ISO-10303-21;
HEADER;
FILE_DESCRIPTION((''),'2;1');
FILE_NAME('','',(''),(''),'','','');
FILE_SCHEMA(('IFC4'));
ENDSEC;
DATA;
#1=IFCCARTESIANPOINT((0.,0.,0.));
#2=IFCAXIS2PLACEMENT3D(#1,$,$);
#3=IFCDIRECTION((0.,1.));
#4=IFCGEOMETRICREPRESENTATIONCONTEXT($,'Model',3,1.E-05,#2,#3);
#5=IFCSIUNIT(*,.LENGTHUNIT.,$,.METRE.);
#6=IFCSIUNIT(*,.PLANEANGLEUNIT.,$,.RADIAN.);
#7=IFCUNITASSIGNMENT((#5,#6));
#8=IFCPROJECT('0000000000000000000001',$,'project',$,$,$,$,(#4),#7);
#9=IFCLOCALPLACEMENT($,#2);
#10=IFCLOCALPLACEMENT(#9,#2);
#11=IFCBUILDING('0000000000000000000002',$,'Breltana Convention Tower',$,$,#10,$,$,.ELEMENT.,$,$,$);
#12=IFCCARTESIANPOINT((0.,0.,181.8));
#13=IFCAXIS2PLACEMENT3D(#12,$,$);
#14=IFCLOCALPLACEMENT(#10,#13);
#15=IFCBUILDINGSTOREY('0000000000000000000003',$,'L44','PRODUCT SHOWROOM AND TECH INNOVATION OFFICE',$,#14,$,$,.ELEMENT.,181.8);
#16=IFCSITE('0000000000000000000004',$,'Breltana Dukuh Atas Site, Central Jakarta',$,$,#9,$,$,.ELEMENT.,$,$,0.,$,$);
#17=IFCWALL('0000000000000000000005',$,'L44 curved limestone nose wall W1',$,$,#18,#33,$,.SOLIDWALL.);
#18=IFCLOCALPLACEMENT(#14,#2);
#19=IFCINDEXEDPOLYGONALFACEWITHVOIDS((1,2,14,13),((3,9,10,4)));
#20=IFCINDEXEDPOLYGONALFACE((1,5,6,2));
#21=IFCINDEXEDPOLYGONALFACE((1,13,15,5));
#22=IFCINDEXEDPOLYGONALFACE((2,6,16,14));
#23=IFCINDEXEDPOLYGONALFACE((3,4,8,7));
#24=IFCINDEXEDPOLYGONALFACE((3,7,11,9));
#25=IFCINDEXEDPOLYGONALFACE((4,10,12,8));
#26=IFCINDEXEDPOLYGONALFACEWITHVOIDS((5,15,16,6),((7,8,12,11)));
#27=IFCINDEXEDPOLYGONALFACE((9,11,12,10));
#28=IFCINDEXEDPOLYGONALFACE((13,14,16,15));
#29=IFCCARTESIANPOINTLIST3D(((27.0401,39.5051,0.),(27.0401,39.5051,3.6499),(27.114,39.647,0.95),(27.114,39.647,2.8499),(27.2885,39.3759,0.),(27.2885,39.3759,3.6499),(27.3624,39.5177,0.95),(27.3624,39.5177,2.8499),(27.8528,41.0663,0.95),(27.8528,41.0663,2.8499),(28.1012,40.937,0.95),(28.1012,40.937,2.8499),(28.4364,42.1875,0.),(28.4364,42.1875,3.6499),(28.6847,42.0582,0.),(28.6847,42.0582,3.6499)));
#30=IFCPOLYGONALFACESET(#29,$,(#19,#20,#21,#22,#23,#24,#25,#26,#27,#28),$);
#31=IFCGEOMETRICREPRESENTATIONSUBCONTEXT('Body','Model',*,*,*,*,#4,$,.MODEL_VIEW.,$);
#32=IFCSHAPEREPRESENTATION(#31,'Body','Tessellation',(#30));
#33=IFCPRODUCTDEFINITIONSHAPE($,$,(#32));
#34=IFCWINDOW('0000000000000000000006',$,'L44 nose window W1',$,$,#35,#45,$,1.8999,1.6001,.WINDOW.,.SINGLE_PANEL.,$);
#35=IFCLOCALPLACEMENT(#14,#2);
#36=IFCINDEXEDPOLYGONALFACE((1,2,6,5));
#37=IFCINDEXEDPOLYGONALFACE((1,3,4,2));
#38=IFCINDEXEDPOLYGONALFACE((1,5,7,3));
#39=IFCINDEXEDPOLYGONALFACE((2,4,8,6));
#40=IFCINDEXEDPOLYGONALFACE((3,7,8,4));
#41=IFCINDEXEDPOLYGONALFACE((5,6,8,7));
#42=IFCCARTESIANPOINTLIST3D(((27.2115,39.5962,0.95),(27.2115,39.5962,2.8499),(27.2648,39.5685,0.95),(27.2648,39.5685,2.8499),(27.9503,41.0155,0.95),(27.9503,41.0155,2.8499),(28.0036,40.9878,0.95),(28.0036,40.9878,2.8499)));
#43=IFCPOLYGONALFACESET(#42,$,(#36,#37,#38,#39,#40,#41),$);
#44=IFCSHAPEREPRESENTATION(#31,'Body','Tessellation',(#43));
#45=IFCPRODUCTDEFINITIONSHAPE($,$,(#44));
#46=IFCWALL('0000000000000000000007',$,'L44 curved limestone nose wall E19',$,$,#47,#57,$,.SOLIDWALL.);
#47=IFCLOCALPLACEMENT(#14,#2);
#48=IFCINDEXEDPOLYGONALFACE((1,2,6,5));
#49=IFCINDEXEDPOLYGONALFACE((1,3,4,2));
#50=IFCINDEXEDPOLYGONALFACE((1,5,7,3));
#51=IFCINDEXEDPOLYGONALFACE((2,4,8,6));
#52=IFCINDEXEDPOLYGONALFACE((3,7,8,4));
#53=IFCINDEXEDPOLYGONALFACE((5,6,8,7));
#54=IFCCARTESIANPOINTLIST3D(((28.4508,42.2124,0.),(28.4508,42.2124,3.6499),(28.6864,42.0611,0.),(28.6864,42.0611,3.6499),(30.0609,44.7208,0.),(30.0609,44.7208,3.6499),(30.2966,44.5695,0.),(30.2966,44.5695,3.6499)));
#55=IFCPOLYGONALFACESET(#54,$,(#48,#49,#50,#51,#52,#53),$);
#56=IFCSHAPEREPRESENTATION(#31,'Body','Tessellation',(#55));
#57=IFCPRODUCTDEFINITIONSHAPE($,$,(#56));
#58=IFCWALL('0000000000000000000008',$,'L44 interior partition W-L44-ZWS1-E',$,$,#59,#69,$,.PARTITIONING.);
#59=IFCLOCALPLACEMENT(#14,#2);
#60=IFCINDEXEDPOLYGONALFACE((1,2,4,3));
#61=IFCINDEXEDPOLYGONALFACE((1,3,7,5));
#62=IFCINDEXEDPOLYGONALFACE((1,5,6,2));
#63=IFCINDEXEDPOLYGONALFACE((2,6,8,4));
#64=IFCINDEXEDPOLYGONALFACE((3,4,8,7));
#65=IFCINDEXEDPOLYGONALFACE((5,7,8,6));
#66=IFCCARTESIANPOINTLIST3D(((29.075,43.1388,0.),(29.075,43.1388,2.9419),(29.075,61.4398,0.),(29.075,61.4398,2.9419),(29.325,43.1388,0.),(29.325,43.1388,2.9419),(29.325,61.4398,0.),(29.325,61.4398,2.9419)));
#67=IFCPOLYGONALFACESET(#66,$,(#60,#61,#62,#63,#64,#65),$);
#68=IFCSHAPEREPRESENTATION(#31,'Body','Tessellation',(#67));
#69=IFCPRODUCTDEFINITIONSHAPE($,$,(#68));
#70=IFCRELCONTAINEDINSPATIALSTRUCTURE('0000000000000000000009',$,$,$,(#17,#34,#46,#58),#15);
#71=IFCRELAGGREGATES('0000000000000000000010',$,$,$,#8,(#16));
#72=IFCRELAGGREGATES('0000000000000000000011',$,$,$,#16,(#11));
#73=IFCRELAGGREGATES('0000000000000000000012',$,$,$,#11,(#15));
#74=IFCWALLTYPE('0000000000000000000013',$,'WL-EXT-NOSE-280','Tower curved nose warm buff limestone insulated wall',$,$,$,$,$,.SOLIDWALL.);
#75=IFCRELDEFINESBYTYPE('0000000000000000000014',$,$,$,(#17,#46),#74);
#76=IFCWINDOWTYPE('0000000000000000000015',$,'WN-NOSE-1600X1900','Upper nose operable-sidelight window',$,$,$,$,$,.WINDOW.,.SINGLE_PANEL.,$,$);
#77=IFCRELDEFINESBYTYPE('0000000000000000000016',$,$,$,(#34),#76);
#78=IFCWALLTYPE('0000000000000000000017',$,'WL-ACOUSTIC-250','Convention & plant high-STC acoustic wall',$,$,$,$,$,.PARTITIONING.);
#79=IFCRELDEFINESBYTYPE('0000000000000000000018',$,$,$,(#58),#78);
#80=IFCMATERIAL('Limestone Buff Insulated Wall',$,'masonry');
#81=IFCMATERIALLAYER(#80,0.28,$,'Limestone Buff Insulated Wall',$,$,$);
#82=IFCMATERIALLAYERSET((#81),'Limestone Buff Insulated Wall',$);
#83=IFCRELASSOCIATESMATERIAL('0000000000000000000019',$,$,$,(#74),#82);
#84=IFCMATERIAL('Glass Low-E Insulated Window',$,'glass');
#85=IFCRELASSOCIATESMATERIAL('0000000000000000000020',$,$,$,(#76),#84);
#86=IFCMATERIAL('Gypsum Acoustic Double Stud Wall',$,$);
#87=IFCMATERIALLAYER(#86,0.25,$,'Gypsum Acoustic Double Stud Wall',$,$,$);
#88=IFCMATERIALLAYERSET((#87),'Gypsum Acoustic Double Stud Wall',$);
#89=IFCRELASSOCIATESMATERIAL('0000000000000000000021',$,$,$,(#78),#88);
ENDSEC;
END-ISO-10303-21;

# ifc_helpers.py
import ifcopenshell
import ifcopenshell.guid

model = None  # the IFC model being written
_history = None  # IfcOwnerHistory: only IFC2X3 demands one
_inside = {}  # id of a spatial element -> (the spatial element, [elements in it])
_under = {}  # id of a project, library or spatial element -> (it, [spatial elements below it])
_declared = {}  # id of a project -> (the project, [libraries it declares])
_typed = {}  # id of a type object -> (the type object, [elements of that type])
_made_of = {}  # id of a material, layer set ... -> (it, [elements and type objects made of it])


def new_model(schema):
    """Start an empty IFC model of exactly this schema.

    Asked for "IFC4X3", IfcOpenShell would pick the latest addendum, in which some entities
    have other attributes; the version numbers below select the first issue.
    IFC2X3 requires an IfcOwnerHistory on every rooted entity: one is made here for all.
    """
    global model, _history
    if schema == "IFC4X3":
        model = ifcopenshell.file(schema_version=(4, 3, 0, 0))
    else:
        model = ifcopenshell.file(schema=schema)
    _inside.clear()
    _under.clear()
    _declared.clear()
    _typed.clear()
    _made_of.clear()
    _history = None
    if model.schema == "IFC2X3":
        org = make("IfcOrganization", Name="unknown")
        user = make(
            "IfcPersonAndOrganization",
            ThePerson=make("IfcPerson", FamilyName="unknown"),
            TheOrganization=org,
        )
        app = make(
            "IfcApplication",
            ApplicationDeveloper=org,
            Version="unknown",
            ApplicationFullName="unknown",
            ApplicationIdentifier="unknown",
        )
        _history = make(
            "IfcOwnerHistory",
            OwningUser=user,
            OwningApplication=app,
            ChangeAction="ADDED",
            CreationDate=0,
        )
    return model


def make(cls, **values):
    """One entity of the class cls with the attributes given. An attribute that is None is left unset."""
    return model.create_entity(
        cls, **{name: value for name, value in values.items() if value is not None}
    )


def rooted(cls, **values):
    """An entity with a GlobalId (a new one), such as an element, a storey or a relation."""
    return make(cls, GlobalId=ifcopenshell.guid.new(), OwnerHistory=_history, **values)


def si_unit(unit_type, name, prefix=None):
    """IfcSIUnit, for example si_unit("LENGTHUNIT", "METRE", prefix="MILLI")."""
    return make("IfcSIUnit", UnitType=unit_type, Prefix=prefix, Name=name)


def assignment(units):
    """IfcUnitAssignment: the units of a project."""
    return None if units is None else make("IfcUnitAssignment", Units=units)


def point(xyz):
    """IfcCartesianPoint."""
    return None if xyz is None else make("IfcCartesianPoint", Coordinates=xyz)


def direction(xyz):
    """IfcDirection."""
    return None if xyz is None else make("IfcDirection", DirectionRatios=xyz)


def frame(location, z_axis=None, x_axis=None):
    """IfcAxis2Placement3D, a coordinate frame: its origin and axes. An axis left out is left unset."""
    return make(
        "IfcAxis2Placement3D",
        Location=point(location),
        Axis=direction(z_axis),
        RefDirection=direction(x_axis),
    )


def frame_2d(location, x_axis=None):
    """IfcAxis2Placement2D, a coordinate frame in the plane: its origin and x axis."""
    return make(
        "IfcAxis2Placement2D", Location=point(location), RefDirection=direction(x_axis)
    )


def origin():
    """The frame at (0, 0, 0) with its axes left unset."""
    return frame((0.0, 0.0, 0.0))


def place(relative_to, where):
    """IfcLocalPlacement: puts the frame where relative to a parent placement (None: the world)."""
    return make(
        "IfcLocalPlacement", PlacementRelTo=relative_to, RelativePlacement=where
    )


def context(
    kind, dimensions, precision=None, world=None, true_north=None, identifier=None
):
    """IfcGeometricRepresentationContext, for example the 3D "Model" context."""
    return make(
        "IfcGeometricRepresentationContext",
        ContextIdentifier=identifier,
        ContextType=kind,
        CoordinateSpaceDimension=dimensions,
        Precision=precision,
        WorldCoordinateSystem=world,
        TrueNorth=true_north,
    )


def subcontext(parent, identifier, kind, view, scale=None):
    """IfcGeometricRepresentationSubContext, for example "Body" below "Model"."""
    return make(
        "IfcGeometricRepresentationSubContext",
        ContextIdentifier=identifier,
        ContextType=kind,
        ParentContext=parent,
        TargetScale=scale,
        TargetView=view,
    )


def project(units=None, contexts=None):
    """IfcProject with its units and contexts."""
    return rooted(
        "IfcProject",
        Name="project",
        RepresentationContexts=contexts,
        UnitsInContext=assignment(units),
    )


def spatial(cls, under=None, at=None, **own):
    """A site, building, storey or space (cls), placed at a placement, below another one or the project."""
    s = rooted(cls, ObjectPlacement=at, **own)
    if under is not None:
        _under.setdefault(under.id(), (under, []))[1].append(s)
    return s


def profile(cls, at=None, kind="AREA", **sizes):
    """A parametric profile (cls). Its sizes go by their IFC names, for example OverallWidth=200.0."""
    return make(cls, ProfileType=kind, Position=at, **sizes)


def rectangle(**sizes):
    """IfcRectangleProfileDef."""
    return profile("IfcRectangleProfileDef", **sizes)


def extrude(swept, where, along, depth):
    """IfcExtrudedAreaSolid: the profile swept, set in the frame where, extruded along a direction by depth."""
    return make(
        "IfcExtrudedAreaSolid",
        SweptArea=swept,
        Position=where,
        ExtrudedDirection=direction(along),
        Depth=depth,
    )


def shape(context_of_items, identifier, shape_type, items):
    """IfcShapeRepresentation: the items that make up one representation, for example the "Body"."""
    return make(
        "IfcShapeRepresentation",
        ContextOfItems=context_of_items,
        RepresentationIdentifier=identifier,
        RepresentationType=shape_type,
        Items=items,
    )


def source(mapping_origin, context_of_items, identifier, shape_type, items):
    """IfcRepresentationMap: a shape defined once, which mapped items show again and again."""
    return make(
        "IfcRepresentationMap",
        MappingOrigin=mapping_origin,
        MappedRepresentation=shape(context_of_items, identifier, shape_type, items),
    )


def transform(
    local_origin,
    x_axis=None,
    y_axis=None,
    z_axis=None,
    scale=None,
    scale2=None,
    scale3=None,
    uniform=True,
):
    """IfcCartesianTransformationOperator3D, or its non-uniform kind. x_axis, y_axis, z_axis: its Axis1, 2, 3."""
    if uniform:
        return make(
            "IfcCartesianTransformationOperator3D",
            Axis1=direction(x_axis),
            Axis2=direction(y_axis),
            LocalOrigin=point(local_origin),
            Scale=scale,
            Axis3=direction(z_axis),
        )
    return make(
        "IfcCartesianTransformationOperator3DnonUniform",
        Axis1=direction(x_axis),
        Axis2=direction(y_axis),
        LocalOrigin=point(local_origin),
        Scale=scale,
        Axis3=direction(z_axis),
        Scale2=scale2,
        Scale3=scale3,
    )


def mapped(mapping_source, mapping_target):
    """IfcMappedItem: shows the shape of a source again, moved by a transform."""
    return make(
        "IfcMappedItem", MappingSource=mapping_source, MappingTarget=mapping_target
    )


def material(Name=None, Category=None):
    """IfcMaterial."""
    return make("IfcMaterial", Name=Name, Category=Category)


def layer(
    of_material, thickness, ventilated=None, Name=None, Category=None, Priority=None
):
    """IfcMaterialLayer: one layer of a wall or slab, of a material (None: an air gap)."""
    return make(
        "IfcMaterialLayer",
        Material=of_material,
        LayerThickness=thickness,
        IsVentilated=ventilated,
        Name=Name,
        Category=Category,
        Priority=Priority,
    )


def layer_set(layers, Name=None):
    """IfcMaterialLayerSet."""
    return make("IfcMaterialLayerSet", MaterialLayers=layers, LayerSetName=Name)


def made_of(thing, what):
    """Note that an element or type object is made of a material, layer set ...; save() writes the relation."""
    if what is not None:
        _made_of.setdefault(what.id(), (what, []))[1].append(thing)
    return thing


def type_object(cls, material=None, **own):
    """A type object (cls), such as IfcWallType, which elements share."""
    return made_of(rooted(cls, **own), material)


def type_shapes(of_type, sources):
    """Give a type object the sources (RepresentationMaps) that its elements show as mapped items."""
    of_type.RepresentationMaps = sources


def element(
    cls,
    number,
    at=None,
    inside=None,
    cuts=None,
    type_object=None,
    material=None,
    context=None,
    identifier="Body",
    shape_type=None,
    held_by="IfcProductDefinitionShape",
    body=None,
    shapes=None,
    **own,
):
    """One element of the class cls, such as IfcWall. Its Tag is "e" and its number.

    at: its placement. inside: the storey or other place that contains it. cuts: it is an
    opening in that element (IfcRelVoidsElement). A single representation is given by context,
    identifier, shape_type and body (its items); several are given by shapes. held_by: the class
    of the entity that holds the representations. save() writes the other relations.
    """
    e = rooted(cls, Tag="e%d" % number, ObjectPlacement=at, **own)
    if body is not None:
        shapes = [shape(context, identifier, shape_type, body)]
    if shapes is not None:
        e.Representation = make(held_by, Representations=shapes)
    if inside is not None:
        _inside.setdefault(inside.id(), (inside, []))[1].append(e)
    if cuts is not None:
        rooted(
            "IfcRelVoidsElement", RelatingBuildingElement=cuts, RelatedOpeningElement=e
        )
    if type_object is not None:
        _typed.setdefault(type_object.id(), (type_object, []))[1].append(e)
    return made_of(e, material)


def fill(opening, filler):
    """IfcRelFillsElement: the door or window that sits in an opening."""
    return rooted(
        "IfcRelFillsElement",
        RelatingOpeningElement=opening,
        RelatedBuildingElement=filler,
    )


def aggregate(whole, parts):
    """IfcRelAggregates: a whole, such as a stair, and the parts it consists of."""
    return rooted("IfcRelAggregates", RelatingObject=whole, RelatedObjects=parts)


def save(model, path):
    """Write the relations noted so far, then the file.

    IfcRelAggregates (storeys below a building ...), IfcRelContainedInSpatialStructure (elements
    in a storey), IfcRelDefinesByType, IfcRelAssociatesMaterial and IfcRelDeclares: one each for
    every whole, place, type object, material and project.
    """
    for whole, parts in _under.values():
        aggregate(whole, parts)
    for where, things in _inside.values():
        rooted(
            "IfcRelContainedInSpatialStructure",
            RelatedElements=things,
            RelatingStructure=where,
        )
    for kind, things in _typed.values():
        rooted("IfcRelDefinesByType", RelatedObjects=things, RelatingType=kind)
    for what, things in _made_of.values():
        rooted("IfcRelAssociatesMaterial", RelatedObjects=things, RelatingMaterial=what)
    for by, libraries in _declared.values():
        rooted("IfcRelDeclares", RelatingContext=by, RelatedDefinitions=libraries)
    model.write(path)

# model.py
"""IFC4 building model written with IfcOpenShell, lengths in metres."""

from ifc_helpers import new_model, si_unit, direction, frame, frame_2d, origin, place, context, subcontext, project, spatial, rectangle, extrude, source, transform, mapped, material, layer, layer_set, type_object, type_shapes, element, fill, save


model = new_model("IFC4")

# Units and contexts
model_context = context("Model", 3, precision=1e-05, world=origin(), true_north=direction((0.0, 1.0)))
body_context = subcontext(model_context, "Body", "Model", "MODEL_VIEW")
ifc_project = project(units=[si_unit("LENGTHUNIT", "METRE"), si_unit("PLANEANGLEUNIT", "RADIAN")], contexts=[model_context])

# Site, building, storey
site_placement = place(None, origin())
site = spatial("IfcSite", under=ifc_project, at=site_placement, Name="Breltana Dukuh Atas Site, Central Jakarta", CompositionType="ELEMENT", RefElevation=0.0)
building_placement = place(site_placement, origin())
building = spatial("IfcBuilding", under=site, at=building_placement, Name="Breltana Convention Tower", CompositionType="ELEMENT")
storey_placement = place(building_placement, frame((0.0, 0.0, 181.8)))
storey = spatial("IfcBuildingStorey", under=building, at=storey_placement, Name="L44", Description="PRODUCT SHOWROOM AND TECH INNOVATION OFFICE", CompositionType="ELEMENT", Elevation=181.8)

# Wall, opening, window
ifc_material_1 = material(Name="Limestone Buff Insulated Wall", Category="masonry")
ifc_layer_1 = layer(ifc_material_1, 0.28, Name="Limestone Buff Insulated Wall")
ifc_layer_set_1 = layer_set([ifc_layer_1], Name="Limestone Buff Insulated Wall")
wall_type_1 = type_object("IfcWallType", Name="WL-EXT-NOSE-280", Description="Tower curved nose warm buff limestone insulated wall", PredefinedType="SOLIDWALL", material=ifc_layer_set_1)
ifc_material_2 = material(Name="Glass Low-E Insulated Window", Category="glass")
shared_shape_1 = source(origin(), body_context, "Body", "SweptSolid", [
    extrude(rectangle(XDim=3.0239, YDim=0.28, at=frame_2d((1.512, 0.0))), origin(), (0.0, 0.0, 1.0), 3.6499),
])
wall_1_placement = place(storey_placement, frame((28.5605, 42.1228, 0.0), z_axis=(0.0, 0.0, 1.0), x_axis=(-0.461719, -0.887026, 0.0)))
wall_1 = element("IfcWall", 1, at=wall_1_placement, inside=storey, type_object=wall_type_1, Name="L44 curved limestone nose wall W1", PredefinedType="SOLIDWALL", context=body_context, shape_type="MappedRepresentation", body=[
    mapped(shared_shape_1, transform((0.0, 0.0, 0.0), scale=1.0)),
])
opening_1_placement = place(wall_1_placement, frame((1.2639, 0.0, 0.95)))
opening_1 = element("IfcOpeningElement", 2, at=opening_1_placement, cuts=wall_1, PredefinedType="OPENING", context=body_context, shape_type="SweptSolid", body=[
    extrude(rectangle(XDim=1.6001, YDim=1.8999, at=frame_2d((0.8, 0.95))), frame((0.0, 0.1499, 0.0), z_axis=(0.0, -1.0, 0.0), x_axis=(1.0, 0.0, 0.0)), (0.0, 0.0, 1.0), 0.3),
])
window_type_1 = type_object("IfcWindowType", Name="WN-NOSE-1600X1900", Description="Upper nose operable-sidelight window", PartitioningType="SINGLE_PANEL", PredefinedType="WINDOW", material=ifc_material_2)
shared_shape_2 = source(origin(), body_context, "Body", "SweptSolid", [
    extrude(rectangle(XDim=1.6001, YDim=1.8999, at=frame_2d((0.8, 0.95))), frame((0.0, 0.03, 0.0), z_axis=(0.0, -1.0, 0.0), x_axis=(1.0, 0.0, 0.0)), (0.0, 0.0, 1.0), 0.0601),
])
type_shapes(window_type_1, [shared_shape_2])
window_1_placement = place(opening_1_placement, origin())
window_1 = element("IfcWindow", 3, at=window_1_placement, inside=storey, type_object=window_type_1, Name="L44 nose window W1", OverallHeight=1.8999, OverallWidth=1.6001, PartitioningType="SINGLE_PANEL", PredefinedType="WINDOW", context=body_context, shape_type="MappedRepresentation", body=[
    mapped(shared_shape_2, transform((0.0, 0.0, 0.0), scale=1.0)),
])
fill(opening_1, window_1)

# Walls
shared_shape_3 = source(origin(), body_context, "Body", "SweptSolid", [
    extrude(rectangle(XDim=2.9807, YDim=0.28, at=frame_2d((1.4902, 0.0))), origin(), (0.0, 0.0, 1.0), 3.6499),
])
wall_2_placement = place(storey_placement, frame((30.1787, 44.645, 0.0), z_axis=(0.0, 0.0, 1.0), x_axis=(-0.540194, -0.84154, 0.0)))
element("IfcWall", 4, at=wall_2_placement, inside=storey, type_object=wall_type_1, Name="L44 curved limestone nose wall E19", PredefinedType="SOLIDWALL", context=body_context, shape_type="MappedRepresentation", body=[
    mapped(shared_shape_3, transform((0.0, 0.0, 0.0), scale=1.0)),
])
ifc_material_3 = material(Name="Gypsum Acoustic Double Stud Wall")
ifc_layer_2 = layer(ifc_material_3, 0.25, Name="Gypsum Acoustic Double Stud Wall")
ifc_layer_set_2 = layer_set([ifc_layer_2], Name="Gypsum Acoustic Double Stud Wall")
wall_type_2 = type_object("IfcWallType", Name="WL-ACOUSTIC-250", Description="Convention & plant high-STC acoustic wall", PredefinedType="PARTITIONING", material=ifc_layer_set_2)
shared_shape_4 = source(origin(), body_context, "Body", "SweptSolid", [
    extrude(rectangle(XDim=18.301, YDim=0.25, at=frame_2d((9.1504, 0.0))), origin(), (0.0, 0.0, 1.0), 2.9419),
])
wall_3_placement = place(storey_placement, frame((29.2, 43.1389, 0.0), z_axis=(0.0, 0.0, 1.0), x_axis=(0.0, 1.0, 0.0)))
element("IfcWall", 5, at=wall_3_placement, inside=storey, type_object=wall_type_2, Name="L44 interior partition W-L44-ZWS1-E", PredefinedType="PARTITIONING", context=body_context, shape_type="MappedRepresentation", body=[
    mapped(shared_shape_4, transform((0.0, 0.0, 0.0), scale=1.0)),
])

save(model, "model.ifc")
